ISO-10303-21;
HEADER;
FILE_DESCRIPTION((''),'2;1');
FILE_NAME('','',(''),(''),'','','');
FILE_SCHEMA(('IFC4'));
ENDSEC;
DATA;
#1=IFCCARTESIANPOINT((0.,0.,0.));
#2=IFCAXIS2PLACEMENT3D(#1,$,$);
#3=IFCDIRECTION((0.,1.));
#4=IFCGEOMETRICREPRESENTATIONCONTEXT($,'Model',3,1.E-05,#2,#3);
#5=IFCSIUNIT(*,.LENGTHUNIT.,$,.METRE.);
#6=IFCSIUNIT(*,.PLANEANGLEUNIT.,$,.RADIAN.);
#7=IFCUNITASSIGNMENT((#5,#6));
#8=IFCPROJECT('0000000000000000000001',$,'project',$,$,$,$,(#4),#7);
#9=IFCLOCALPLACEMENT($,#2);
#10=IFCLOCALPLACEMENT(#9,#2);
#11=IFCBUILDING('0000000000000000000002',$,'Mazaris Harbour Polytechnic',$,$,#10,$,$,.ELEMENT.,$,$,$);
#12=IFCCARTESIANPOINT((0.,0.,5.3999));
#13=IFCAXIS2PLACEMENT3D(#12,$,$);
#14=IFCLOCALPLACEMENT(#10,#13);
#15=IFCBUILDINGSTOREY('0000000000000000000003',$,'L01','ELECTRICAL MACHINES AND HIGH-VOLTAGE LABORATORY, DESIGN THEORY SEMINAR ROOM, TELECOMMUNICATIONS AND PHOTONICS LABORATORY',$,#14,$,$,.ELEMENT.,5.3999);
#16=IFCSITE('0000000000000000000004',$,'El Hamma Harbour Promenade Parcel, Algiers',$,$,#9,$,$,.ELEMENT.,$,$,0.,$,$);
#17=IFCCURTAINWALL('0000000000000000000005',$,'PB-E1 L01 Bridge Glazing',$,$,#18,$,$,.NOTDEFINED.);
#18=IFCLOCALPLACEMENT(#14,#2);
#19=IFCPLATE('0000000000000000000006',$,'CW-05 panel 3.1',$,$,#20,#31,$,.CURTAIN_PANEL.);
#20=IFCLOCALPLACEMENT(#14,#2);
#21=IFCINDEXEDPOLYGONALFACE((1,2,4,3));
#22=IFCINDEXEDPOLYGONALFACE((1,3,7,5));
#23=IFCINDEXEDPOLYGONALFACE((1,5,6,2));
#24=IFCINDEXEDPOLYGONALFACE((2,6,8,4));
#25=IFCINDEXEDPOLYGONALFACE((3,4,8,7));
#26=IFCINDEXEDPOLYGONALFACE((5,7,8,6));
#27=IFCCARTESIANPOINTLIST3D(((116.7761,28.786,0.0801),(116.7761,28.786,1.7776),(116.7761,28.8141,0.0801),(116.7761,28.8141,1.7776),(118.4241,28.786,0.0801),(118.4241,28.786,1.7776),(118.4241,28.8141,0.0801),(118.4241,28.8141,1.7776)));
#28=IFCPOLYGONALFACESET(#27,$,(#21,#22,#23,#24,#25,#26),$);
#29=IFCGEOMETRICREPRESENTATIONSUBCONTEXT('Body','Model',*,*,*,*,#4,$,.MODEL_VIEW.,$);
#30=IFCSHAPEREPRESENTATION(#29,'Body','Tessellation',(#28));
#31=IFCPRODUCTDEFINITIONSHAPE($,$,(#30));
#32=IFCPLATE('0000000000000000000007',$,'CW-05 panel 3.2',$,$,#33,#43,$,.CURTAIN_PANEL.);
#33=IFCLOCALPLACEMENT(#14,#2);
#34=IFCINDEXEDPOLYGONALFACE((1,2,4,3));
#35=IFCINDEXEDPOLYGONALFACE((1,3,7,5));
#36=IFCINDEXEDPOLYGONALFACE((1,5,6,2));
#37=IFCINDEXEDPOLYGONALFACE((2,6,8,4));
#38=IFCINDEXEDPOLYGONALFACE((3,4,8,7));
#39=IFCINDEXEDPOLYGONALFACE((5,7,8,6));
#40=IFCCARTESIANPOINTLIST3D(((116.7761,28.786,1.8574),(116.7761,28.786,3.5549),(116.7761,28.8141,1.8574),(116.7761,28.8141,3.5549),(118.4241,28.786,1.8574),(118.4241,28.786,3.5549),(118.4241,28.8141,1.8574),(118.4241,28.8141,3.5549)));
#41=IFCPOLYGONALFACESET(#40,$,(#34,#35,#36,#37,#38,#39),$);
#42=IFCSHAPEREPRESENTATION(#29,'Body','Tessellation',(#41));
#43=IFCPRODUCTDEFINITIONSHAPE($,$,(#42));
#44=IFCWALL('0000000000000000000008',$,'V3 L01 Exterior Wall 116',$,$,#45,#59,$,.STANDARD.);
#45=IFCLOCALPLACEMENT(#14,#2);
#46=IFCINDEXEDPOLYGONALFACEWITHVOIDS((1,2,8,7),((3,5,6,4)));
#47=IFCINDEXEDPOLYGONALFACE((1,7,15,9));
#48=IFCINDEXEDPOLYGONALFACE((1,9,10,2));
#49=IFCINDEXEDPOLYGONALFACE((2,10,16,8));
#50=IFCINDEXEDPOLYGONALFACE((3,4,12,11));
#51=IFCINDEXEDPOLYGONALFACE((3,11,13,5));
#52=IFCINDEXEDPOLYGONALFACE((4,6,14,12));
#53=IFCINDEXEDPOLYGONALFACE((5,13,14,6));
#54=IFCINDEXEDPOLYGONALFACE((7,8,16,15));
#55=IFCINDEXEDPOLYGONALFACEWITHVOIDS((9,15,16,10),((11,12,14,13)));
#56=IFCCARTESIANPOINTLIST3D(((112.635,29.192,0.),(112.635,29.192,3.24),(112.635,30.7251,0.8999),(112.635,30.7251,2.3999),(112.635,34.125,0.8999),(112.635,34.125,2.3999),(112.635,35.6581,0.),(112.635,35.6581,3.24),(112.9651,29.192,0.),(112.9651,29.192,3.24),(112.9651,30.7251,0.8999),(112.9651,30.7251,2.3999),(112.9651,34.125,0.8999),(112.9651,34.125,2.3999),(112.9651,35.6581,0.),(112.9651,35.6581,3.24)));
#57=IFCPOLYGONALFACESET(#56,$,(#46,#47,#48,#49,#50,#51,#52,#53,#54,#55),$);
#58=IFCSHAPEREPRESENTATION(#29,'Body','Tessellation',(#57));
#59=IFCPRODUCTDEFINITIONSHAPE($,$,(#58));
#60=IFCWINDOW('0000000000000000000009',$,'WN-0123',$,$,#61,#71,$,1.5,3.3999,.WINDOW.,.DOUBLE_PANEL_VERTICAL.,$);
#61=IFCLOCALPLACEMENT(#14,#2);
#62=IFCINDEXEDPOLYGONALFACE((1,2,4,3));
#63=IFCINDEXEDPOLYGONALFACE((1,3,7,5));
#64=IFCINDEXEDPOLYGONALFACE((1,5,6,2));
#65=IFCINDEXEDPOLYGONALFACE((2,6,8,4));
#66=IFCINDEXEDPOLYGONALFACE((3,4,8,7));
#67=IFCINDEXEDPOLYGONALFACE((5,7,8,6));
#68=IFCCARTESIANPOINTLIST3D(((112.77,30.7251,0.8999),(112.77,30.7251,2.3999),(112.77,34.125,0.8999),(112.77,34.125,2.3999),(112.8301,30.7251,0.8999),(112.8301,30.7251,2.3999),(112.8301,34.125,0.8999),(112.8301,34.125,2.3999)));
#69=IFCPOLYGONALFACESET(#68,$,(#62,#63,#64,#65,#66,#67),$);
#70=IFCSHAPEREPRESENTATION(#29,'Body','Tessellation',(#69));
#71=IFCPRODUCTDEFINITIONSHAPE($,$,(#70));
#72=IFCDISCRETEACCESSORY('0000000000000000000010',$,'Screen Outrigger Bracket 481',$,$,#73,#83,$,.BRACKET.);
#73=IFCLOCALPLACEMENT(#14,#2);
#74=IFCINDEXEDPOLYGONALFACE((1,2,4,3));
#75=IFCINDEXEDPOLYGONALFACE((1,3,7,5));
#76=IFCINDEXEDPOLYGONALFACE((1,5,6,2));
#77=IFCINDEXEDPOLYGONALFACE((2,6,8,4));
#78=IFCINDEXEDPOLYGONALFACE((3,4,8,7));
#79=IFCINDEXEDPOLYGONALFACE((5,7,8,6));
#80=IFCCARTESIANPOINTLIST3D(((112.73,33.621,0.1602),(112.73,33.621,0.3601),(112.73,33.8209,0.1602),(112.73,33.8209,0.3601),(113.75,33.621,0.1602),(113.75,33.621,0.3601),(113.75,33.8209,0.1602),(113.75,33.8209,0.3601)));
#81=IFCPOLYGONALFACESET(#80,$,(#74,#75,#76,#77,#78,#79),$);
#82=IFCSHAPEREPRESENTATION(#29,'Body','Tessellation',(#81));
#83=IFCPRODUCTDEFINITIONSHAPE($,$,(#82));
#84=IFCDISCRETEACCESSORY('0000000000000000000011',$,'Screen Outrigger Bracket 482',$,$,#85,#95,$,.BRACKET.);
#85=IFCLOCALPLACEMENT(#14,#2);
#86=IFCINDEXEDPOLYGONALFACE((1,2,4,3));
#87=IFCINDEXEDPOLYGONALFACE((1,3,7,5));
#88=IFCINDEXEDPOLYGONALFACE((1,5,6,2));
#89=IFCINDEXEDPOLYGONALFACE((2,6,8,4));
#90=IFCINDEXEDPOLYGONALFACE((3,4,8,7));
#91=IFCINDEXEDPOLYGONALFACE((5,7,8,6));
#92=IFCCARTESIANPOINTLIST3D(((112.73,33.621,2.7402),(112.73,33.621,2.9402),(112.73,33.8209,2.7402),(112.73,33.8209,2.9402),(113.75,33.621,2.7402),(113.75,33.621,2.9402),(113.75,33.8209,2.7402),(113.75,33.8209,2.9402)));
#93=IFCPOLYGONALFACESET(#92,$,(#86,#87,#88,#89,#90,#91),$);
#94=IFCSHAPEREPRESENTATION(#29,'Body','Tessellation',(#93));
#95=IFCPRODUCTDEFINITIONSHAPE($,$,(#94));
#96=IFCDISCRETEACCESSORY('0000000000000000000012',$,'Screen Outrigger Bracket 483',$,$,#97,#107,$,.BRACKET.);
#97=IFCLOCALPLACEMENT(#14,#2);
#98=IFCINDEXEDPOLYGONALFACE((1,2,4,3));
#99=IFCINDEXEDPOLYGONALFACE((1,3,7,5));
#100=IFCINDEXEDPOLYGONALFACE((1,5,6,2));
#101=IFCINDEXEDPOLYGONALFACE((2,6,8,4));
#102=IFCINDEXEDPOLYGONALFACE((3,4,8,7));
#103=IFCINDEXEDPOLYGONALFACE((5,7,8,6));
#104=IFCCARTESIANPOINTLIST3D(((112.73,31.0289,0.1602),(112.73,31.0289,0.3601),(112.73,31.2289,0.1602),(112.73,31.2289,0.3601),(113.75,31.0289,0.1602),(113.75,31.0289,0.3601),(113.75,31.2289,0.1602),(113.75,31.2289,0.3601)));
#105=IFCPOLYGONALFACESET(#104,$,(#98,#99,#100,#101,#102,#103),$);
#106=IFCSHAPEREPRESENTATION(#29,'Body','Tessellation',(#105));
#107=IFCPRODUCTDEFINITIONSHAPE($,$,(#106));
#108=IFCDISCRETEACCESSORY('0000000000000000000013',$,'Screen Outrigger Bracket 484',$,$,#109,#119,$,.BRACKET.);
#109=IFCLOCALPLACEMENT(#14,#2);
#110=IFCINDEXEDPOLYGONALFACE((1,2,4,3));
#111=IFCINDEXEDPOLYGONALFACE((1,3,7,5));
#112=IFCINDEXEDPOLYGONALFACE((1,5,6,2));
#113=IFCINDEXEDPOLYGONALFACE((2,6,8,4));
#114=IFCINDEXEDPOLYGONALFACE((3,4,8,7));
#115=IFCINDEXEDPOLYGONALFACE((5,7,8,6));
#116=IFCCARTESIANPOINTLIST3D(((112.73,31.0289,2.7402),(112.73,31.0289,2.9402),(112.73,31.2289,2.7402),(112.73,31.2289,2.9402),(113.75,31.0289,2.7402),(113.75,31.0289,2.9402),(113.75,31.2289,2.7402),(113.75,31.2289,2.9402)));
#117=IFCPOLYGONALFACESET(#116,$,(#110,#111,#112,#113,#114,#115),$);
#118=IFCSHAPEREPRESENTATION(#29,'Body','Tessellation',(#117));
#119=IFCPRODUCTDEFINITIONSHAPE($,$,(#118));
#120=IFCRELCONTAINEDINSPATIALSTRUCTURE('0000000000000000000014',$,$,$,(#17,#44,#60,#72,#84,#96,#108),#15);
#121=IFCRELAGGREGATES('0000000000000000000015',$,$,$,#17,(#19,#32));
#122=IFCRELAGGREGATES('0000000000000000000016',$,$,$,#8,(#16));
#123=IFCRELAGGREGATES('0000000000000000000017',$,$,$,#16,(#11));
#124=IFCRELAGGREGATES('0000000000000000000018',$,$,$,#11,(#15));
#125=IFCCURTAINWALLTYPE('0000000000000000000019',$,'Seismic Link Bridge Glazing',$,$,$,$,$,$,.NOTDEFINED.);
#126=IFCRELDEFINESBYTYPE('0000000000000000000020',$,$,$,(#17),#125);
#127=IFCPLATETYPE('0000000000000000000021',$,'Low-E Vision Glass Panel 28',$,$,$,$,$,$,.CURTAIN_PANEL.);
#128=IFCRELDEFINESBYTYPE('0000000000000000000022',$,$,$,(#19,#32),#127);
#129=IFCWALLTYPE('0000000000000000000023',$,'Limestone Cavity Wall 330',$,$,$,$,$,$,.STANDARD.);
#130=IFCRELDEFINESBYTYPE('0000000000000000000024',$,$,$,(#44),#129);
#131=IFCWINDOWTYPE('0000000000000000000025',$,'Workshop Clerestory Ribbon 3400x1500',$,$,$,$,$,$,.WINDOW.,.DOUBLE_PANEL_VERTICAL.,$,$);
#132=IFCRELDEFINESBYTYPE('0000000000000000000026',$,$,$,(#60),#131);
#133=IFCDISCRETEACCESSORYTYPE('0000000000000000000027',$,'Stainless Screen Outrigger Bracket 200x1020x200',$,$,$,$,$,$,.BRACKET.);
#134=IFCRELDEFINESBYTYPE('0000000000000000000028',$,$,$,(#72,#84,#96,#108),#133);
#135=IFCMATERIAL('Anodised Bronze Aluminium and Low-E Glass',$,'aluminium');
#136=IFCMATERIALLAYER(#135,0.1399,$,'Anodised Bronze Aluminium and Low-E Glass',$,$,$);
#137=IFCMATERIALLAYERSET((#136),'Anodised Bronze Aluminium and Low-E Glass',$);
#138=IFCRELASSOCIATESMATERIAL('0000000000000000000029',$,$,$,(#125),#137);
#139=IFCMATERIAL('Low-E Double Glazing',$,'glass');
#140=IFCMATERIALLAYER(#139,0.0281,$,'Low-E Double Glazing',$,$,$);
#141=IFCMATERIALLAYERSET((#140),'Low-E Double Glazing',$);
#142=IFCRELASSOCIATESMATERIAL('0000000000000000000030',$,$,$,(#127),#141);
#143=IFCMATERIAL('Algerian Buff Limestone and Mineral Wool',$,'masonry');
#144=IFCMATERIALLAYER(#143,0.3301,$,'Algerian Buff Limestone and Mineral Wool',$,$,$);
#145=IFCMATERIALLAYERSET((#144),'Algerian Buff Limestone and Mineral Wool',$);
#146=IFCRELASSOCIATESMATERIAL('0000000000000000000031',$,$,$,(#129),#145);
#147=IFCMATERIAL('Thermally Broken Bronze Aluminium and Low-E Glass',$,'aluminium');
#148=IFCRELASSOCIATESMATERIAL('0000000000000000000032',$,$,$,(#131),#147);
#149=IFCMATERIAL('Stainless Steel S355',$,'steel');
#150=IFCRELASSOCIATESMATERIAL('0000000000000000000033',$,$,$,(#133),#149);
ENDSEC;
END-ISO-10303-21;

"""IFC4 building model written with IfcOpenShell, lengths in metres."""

from ifc_helpers import new_model, si_unit, direction, frame, frame_2d, origin, origin_2d, place, context, subcontext, project, spatial, rectangle, extrude, material, layer, layer_set, type_object, element, fill, aggregate, save


model = new_model("IFC4")

# Units and contexts
model_context = context("Model", 3, precision=1e-05, world=origin(), true_north=direction((0.0, 1.0)))
body_context = subcontext(model_context, "Body", "Model", "MODEL_VIEW")
ifc_project = project(units=[si_unit("LENGTHUNIT", "METRE"), si_unit("PLANEANGLEUNIT", "RADIAN")], contexts=[model_context])

# Site, building, storey
site_placement = place(None, origin())
site = spatial("IfcSite", under=ifc_project, at=site_placement, Name="El Hamma Harbour Promenade Parcel, Algiers", CompositionType="ELEMENT", RefElevation=0.0)
building_placement = place(site_placement, origin())
building = spatial("IfcBuilding", under=site, at=building_placement, Name="Mazaris Harbour Polytechnic", CompositionType="ELEMENT")
storey_placement = place(building_placement, frame((0.0, 0.0, 5.3999)))
storey = spatial("IfcBuildingStorey", under=building, at=storey_placement, Name="L01", Description="ELECTRICAL MACHINES AND HIGH-VOLTAGE LABORATORY, DESIGN THEORY SEMINAR ROOM, TELECOMMUNICATIONS AND PHOTONICS LABORATORY", CompositionType="ELEMENT", Elevation=5.3999)

# Curtain wall
ifc_material_1 = material(Name="Anodised Bronze Aluminium and Low-E Glass", Category="aluminium")
ifc_layer_1 = layer(ifc_material_1, 0.1399, Name="Anodised Bronze Aluminium and Low-E Glass")
ifc_layer_set_1 = layer_set([ifc_layer_1], Name="Anodised Bronze Aluminium and Low-E Glass")
curtain_wall_type_1 = type_object("IfcCurtainWallType", Name="Seismic Link Bridge Glazing", PredefinedType="NOTDEFINED", material=ifc_layer_set_1)
curtain_wall_1_placement = place(storey_placement, origin())
curtain_wall_1 = element("IfcCurtainWall", 1, at=curtain_wall_1_placement, inside=storey, type_object=curtain_wall_type_1, Name="PB-E1 L01 Bridge Glazing", PredefinedType="NOTDEFINED")

# Plates
ifc_material_2 = material(Name="Low-E Double Glazing", Category="glass")
ifc_layer_2 = layer(ifc_material_2, 0.0281, Name="Low-E Double Glazing")
ifc_layer_set_2 = layer_set([ifc_layer_2], Name="Low-E Double Glazing")
plate_type = type_object("IfcPlateType", Name="Low-E Vision Glass Panel 28", PredefinedType="CURTAIN_PANEL", material=ifc_layer_set_2)
plate_1_placement = place(storey_placement, frame((117.6001, 28.8, 0.0801), z_axis=(0.0, 0.0, 1.0), x_axis=(-1.0, 0.0, 0.0)))
plate_1 = element("IfcPlate", 2, at=plate_1_placement, type_object=plate_type, Name="CW-05 panel 3.1", PredefinedType="CURTAIN_PANEL", context=body_context, shape_type="SweptSolid", body=[
    extrude(rectangle(XDim=1.6479, YDim=0.0281, at=origin_2d()), origin(), (0.0, 0.0, 1.0), 1.6975),
])
plate_2_placement = place(storey_placement, frame((117.6001, 28.8, 1.8574), z_axis=(0.0, 0.0, 1.0), x_axis=(-1.0, 0.0, 0.0)))
plate_2 = element("IfcPlate", 3, at=plate_2_placement, type_object=plate_type, Name="CW-05 panel 3.2", PredefinedType="CURTAIN_PANEL", context=body_context, shape_type="SweptSolid", body=[
    extrude(rectangle(XDim=1.6479, YDim=0.0281, at=origin_2d()), origin(), (0.0, 0.0, 1.0), 1.6975),
])
aggregate(curtain_wall_1, [plate_1, plate_2])

# Wall, opening, window
ifc_material_3 = material(Name="Algerian Buff Limestone and Mineral Wool", Category="masonry")
ifc_layer_3 = layer(ifc_material_3, 0.3301, Name="Algerian Buff Limestone and Mineral Wool")
ifc_layer_set_3 = layer_set([ifc_layer_3], Name="Algerian Buff Limestone and Mineral Wool")
wall_type = type_object("IfcWallType", Name="Limestone Cavity Wall 330", PredefinedType="STANDARD", material=ifc_layer_set_3)
wall_placement = place(storey_placement, frame((112.8, 35.658, 0.0), z_axis=(0.0, 0.0, 1.0), x_axis=(0.0, -1.0, 0.0)))
wall = element("IfcWall", 4, at=wall_placement, inside=storey, type_object=wall_type, Name="V3 L01 Exterior Wall 116", PredefinedType="STANDARD", context=body_context, shape_type="SweptSolid", body=[
    extrude(rectangle(XDim=6.4661, YDim=0.3301, at=frame_2d((3.2329, 0.0))), origin(), (0.0, 0.0, 1.0), 3.24),
])
opening_placement = place(wall_placement, frame((1.533, 0.0, 0.8999)))
opening = element("IfcOpeningElement", 5, at=opening_placement, cuts=wall, PredefinedType="OPENING", context=body_context, shape_type="SweptSolid", body=[
    extrude(rectangle(XDim=3.3999, YDim=1.5, at=frame_2d((1.7, 0.75))), frame((0.0, 0.175, 0.0), z_axis=(0.0, -1.0, 0.0), x_axis=(1.0, 0.0, 0.0)), (0.0, 0.0, 1.0), 0.3501),
])
ifc_material_4 = material(Name="Thermally Broken Bronze Aluminium and Low-E Glass", Category="aluminium")
window_type = type_object("IfcWindowType", Name="Workshop Clerestory Ribbon 3400x1500", PartitioningType="DOUBLE_PANEL_VERTICAL", PredefinedType="WINDOW", material=ifc_material_4)
window_placement = place(opening_placement, origin())
window = element("IfcWindow", 6, at=window_placement, inside=storey, type_object=window_type, Name="WN-0123", OverallHeight=1.5, OverallWidth=3.3999, PartitioningType="DOUBLE_PANEL_VERTICAL", PredefinedType="WINDOW", context=body_context, shape_type="SweptSolid", body=[
    extrude(rectangle(XDim=3.3999, YDim=1.5, at=frame_2d((1.7, 0.75))), frame((0.0, 0.03, 0.0), z_axis=(0.0, -1.0, 0.0), x_axis=(1.0, 0.0, 0.0)), (0.0, 0.0, 1.0), 0.0601),
])
fill(opening, window)

# Discrete accessories
ifc_material_5 = material(Name="Stainless Steel S355", Category="steel")
discrete_accessory_type = type_object("IfcDiscreteAccessoryType", Name="Stainless Screen Outrigger Bracket 200x1020x200", PredefinedType="BRACKET", material=ifc_material_5)
for number, where, z_axis, x_axis, name in (
    (7, (113.24, 33.7209, 0.1602), (0.0, 0.0, 1.0), (0.0, -1.0, 0.0), "Screen Outrigger Bracket 481"),
    (8, (113.24, 33.7209, 2.7402), (0.0, 0.0, 1.0), (0.0, -1.0, 0.0), "Screen Outrigger Bracket 482"),
    (9, (113.24, 31.1289, 0.1602), (0.0, 0.0, 1.0), (0.0, -1.0, 0.0), "Screen Outrigger Bracket 483"),
    (10, (113.24, 31.1289, 2.7402), (0.0, 0.0, 1.0), (0.0, -1.0, 0.0), "Screen Outrigger Bracket 484"),
):
    element("IfcDiscreteAccessory", number, at=place(storey_placement, frame(where, z_axis=z_axis, x_axis=x_axis)), inside=storey, type_object=discrete_accessory_type, Name=name, PredefinedType="BRACKET", context=body_context, shape_type="SweptSolid", body=[
        extrude(rectangle(XDim=0.2, YDim=1.02, at=origin_2d()), origin(), (0.0, 0.0, 1.0), 0.2),
    ])

save(model, "model.ifc")
